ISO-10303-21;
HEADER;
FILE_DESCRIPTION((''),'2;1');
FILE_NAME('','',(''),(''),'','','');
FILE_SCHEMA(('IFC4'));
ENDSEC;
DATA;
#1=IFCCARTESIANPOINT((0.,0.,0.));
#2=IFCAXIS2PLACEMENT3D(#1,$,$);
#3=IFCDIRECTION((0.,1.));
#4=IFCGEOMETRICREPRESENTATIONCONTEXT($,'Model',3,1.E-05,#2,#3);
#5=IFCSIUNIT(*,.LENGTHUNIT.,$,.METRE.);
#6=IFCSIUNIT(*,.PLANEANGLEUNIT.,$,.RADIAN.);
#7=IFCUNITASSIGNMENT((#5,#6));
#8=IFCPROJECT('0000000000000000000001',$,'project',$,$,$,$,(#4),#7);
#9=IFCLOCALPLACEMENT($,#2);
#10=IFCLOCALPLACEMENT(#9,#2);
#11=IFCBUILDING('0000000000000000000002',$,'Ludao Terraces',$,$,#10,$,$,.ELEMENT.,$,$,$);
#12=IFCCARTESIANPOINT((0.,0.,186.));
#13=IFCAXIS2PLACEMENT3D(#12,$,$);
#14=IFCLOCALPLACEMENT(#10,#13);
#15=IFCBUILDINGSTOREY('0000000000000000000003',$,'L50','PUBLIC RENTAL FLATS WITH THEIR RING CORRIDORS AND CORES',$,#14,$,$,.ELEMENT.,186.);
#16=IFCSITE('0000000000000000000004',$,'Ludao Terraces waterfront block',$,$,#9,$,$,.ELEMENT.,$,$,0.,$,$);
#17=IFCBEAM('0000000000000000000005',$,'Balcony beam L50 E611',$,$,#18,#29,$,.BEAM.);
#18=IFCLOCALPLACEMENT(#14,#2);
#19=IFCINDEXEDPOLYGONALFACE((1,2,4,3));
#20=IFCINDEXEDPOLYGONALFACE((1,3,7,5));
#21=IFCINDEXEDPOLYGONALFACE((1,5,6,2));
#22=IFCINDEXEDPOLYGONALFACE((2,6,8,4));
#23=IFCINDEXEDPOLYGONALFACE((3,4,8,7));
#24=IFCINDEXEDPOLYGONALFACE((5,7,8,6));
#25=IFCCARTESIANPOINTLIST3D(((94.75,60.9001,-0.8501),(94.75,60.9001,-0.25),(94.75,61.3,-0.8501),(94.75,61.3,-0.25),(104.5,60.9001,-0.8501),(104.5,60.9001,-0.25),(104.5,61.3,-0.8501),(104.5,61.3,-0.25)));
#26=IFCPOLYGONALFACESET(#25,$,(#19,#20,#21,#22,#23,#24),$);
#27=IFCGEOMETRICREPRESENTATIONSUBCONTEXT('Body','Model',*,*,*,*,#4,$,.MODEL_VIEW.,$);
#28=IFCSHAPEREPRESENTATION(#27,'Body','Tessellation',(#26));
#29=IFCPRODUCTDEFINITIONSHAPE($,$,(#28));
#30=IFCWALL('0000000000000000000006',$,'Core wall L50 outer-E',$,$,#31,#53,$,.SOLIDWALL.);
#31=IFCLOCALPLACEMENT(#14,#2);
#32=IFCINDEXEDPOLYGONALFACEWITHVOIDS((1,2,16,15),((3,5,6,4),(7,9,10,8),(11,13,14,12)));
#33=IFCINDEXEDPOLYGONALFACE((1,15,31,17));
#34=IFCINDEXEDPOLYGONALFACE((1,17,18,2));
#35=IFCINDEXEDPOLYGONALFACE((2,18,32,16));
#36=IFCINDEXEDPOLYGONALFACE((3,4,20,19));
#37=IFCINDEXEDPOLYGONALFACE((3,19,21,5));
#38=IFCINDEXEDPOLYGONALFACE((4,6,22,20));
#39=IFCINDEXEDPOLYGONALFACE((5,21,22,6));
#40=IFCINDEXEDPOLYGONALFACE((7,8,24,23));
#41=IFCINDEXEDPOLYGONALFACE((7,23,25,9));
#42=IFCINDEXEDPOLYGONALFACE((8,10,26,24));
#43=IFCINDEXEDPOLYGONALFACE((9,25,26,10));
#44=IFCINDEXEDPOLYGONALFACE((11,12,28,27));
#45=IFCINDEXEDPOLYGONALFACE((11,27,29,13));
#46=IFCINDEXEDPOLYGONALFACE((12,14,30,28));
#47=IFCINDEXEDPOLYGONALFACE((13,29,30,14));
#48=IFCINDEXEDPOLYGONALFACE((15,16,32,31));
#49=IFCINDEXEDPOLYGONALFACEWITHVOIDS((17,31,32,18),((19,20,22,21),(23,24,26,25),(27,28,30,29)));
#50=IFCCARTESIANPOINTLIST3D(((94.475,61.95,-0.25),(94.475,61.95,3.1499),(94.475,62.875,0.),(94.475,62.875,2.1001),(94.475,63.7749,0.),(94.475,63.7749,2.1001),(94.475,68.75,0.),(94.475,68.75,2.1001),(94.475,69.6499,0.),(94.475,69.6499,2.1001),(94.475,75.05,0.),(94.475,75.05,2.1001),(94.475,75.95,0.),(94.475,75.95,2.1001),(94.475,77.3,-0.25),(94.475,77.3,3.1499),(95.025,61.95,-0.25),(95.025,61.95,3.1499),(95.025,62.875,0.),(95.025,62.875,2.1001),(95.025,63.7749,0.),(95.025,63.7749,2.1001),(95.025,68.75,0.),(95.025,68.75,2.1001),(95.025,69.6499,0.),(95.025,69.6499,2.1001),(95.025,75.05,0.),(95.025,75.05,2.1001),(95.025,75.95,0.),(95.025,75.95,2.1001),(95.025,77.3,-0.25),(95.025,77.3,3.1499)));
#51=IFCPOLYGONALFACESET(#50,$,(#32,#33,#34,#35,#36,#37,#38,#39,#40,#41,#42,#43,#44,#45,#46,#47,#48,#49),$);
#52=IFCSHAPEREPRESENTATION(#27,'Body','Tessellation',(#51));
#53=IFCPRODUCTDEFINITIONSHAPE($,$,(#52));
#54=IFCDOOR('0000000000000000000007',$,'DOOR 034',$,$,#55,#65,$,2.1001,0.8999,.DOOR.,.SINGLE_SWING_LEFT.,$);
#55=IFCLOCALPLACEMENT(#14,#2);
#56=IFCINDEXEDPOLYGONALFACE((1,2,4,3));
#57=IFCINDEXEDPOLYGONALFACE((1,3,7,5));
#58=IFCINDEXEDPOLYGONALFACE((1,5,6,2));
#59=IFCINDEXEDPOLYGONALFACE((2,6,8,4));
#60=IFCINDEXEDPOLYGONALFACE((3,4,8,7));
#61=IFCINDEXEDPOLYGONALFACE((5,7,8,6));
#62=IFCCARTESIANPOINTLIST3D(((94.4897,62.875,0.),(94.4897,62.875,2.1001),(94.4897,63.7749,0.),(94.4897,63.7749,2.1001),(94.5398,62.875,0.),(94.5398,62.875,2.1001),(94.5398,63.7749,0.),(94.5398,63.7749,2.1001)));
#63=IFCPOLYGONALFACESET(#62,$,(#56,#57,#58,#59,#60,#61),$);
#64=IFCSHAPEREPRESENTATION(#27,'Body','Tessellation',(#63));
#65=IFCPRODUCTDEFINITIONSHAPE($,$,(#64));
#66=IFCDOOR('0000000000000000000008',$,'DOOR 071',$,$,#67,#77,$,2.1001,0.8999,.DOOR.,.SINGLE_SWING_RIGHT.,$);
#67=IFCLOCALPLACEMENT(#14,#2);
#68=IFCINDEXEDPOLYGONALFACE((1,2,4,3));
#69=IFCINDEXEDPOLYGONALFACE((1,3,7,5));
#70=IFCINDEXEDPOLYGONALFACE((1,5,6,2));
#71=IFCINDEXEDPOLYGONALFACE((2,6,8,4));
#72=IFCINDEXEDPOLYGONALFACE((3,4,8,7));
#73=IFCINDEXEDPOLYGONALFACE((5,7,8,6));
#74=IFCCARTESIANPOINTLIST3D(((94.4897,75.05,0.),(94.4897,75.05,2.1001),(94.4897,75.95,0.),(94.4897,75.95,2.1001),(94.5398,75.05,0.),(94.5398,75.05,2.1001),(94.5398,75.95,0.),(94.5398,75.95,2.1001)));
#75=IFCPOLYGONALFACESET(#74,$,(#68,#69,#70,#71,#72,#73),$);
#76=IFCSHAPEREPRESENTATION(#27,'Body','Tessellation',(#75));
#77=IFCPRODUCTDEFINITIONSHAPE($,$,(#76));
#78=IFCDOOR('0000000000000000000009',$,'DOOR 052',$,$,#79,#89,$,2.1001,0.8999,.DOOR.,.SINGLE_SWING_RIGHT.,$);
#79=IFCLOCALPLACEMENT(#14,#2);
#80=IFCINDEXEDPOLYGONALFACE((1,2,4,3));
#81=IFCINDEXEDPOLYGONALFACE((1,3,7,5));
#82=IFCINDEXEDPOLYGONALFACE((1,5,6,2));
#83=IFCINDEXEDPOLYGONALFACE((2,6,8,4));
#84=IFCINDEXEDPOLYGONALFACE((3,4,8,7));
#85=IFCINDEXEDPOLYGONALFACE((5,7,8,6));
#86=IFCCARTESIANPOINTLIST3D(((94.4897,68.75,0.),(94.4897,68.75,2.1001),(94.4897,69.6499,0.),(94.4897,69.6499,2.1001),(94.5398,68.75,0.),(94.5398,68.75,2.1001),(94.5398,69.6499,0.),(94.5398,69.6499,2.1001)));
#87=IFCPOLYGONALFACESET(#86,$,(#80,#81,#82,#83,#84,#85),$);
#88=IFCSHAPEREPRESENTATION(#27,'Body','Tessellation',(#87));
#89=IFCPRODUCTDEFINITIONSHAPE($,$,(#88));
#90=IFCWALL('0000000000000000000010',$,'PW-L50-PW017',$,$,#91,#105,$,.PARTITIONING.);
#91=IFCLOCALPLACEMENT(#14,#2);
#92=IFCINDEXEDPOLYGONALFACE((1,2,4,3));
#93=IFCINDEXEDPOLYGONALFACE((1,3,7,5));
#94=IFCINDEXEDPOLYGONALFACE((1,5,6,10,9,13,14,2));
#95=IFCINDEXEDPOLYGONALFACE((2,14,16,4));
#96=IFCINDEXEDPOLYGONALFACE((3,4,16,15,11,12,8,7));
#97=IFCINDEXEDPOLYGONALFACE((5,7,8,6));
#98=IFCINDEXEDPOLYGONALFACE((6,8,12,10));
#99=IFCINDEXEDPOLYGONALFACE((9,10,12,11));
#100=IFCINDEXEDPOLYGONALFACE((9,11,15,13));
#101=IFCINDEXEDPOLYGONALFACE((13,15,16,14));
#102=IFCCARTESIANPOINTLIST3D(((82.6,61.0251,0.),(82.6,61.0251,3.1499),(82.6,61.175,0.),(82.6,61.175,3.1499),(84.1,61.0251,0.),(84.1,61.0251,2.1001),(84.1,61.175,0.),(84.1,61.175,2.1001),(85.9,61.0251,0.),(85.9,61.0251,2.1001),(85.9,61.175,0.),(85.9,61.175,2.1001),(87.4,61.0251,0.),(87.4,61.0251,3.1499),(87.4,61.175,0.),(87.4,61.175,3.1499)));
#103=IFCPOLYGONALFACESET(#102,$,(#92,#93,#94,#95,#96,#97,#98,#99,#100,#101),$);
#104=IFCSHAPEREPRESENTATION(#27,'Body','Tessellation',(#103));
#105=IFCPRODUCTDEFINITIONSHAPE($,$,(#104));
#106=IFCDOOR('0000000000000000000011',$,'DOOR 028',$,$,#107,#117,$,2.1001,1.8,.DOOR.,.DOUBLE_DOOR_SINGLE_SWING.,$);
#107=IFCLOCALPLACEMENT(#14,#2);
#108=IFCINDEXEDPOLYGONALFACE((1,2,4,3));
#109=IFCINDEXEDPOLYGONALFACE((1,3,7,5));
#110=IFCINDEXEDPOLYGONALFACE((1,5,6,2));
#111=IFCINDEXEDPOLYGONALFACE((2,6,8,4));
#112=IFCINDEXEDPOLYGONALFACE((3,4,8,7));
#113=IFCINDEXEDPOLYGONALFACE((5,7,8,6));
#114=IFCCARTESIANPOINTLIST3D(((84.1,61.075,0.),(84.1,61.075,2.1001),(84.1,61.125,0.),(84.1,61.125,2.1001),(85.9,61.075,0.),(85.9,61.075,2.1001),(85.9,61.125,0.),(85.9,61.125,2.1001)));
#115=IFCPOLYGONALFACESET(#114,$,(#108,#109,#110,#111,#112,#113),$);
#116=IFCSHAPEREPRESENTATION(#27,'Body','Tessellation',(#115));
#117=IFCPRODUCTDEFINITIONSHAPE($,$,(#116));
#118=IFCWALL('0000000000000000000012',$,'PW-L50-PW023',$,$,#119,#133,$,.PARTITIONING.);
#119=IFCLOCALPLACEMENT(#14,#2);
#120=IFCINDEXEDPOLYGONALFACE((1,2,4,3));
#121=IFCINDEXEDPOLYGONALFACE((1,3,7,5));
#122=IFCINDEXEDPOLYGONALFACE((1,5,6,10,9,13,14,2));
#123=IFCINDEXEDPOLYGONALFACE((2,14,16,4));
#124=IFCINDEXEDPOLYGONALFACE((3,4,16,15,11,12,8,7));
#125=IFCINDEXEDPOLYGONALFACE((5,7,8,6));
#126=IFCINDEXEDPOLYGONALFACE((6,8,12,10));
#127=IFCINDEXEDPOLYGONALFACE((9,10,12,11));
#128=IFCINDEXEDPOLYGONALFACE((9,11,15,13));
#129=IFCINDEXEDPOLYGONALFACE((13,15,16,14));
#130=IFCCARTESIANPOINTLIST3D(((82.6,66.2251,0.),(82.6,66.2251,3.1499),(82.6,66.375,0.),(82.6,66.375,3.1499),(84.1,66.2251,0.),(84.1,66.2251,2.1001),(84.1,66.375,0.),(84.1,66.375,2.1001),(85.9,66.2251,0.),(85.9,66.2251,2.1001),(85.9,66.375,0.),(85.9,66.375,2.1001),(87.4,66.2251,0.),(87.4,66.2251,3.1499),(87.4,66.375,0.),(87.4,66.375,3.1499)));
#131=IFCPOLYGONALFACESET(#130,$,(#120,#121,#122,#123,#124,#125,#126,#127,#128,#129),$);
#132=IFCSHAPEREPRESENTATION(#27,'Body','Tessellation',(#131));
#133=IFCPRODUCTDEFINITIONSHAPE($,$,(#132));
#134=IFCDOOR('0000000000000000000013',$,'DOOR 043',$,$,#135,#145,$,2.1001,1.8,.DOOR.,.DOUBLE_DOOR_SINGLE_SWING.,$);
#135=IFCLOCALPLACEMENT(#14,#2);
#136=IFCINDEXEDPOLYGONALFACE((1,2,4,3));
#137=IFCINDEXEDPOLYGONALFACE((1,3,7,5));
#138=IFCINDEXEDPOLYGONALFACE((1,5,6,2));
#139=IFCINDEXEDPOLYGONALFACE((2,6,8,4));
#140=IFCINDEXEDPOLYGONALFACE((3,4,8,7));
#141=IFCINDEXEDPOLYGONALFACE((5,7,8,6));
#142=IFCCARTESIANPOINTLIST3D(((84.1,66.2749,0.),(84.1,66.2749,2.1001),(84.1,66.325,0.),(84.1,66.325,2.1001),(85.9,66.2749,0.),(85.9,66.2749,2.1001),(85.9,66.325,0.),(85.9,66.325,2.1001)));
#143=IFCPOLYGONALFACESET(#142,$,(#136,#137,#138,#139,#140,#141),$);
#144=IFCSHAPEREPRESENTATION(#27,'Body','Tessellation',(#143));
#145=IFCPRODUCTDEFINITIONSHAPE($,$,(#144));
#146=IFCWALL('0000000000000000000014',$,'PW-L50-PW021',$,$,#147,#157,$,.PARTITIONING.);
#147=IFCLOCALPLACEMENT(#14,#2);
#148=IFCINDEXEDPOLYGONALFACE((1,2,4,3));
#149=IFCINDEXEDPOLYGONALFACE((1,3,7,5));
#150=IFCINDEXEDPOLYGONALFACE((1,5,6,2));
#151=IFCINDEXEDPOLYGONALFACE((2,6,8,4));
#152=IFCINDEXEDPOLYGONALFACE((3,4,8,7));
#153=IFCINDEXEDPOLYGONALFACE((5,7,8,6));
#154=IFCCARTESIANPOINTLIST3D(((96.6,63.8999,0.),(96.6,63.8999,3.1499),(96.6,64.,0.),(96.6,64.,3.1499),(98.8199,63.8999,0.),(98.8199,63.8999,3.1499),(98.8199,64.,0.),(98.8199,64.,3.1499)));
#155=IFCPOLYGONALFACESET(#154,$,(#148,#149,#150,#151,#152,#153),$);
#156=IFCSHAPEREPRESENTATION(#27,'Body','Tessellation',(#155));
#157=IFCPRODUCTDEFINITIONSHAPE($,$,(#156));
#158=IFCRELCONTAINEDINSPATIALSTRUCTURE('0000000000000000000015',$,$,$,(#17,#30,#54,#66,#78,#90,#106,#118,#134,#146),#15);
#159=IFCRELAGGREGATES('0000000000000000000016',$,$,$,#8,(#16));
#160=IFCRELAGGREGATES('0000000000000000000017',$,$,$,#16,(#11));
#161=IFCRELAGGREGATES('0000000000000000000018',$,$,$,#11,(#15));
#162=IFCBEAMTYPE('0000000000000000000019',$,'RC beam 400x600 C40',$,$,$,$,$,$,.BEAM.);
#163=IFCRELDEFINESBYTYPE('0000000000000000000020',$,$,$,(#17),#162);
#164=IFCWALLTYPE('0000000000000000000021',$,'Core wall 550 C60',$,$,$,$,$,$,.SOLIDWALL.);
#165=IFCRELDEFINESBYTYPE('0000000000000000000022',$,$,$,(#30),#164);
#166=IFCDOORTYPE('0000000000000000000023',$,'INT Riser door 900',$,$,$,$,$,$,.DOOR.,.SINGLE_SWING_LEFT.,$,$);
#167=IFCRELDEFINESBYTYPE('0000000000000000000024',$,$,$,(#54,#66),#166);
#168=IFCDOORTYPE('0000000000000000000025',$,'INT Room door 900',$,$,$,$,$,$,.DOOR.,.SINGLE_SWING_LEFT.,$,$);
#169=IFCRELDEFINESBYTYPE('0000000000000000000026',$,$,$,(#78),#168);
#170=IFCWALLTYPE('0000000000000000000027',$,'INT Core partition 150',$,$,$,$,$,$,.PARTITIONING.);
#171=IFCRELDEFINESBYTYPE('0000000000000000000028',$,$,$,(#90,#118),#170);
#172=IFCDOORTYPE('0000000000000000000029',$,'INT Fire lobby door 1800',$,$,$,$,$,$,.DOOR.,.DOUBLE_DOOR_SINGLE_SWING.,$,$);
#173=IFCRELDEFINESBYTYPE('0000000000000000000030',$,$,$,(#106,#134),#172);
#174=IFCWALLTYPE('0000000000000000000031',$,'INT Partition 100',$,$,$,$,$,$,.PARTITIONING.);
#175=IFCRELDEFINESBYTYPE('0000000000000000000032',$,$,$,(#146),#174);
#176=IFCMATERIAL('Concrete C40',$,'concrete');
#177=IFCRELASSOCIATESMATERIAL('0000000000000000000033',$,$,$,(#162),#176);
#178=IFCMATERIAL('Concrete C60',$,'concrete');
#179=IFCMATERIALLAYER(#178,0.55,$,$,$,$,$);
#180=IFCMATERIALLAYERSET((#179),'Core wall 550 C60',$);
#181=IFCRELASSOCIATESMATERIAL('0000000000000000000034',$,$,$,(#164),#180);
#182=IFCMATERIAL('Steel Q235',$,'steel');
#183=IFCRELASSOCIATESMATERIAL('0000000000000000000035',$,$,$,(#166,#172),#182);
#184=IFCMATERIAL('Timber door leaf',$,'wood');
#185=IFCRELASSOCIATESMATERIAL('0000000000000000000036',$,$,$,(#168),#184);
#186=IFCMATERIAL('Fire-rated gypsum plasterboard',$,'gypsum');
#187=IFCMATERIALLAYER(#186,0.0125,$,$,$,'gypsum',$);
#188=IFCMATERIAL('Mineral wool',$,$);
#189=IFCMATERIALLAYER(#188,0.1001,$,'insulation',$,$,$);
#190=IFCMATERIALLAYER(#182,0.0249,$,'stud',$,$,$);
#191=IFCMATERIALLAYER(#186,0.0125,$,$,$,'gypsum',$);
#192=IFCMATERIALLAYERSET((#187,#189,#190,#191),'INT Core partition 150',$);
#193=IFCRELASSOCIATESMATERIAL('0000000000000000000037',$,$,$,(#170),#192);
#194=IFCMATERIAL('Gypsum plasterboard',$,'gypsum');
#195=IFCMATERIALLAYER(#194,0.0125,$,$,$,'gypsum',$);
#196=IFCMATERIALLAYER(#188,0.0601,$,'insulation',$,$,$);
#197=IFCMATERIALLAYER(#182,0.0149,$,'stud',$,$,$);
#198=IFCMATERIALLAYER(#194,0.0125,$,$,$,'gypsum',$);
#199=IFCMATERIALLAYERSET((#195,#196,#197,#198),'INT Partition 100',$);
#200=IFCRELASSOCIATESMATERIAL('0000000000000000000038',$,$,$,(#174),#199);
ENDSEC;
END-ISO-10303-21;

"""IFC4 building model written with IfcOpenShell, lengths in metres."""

from ifc_helpers import new_model, si_unit, direction, frame, frame_2d, origin, origin_2d, place, context, subcontext, project, spatial, rectangle, extrude, material, layer, layer_set, material_profile, profile_set, type_object, element, fill, save


model = new_model("IFC4")

# Units and contexts
model_context = context("Model", 3, precision=1e-05, world=origin(), true_north=direction((0.0, 1.0)))
body_context = subcontext(model_context, "Body", "Model", "MODEL_VIEW")
ifc_project = project(units=[si_unit("LENGTHUNIT", "METRE"), si_unit("PLANEANGLEUNIT", "RADIAN")], contexts=[model_context])

# Site, building, storey
site_placement = place(None, origin())
site = spatial("IfcSite", under=ifc_project, at=site_placement, Name="Ludao Terraces waterfront block", CompositionType="ELEMENT", RefElevation=0.0)
building_placement = place(site_placement, origin())
building = spatial("IfcBuilding", under=site, at=building_placement, Name="Ludao Terraces", CompositionType="ELEMENT")
storey_placement = place(building_placement, frame((0.0, 0.0, 186.0)))
storey = spatial("IfcBuildingStorey", under=building, at=storey_placement, Name="L50", Description="PUBLIC RENTAL FLATS WITH THEIR RING CORRIDORS AND CORES", CompositionType="ELEMENT", Elevation=186.0)

# Beam
ifc_material_1 = material(Name="Concrete C40", Category="concrete")
ifc_material_profile = material_profile(ifc_material_1, rectangle(XDim=0.3999, YDim=0.6001, at=origin_2d()), Name="400 X 600")
ifc_profile_set = profile_set([ifc_material_profile], Name="Concrete C40")
beam_type = type_object("IfcBeamType", Name="RC beam 400x600 C40", PredefinedType="BEAM", material=ifc_profile_set)
beam_placement = place(storey_placement, frame((94.75, 61.1001, -0.55), z_axis=(1.0, 0.0, 0.0), x_axis=(0.0, 1.0, 0.0)))
element("IfcBeam", 1, at=beam_placement, inside=storey, type_object=beam_type, Name="Balcony beam L50 E611", PredefinedType="BEAM", context=body_context, shape_type="SweptSolid", body=[
    extrude(rectangle(XDim=0.3999, YDim=0.6001, at=origin_2d()), origin(), (0.0, 0.0, 1.0), 9.75),
])

# Wall, openings, doors
ifc_material_2 = material(Name="Concrete C60", Category="concrete")
ifc_layer_1 = layer(ifc_material_2, 0.55)
ifc_layer_set_1 = layer_set([ifc_layer_1], Name="Core wall 550 C60")
wall_type_1 = type_object("IfcWallType", Name="Core wall 550 C60", PredefinedType="SOLIDWALL", material=ifc_layer_set_1)
wall_1_placement = place(storey_placement, frame((94.75, 61.95, -0.25), z_axis=(0.0, 0.0, 1.0), x_axis=(0.0, 1.0, 0.0)))
wall_1 = element("IfcWall", 2, at=wall_1_placement, inside=storey, type_object=wall_type_1, Name="Core wall L50 outer-E", PredefinedType="SOLIDWALL", context=body_context, shape_type="SweptSolid", body=[
    extrude(rectangle(XDim=15.3501, YDim=0.55, at=frame_2d((7.675, 0.0))), origin(), (0.0, 0.0, 1.0), 3.3999),
])
opening_1_placement = place(wall_1_placement, frame((0.925, 0.0, 0.25)))
opening_1 = element("IfcOpeningElement", 3, at=opening_1_placement, cuts=wall_1, PredefinedType="OPENING", context=body_context, shape_type="SweptSolid", body=[
    extrude(rectangle(XDim=0.8999, YDim=2.1001, at=frame_2d((0.45, 1.05))), frame((0.0, 0.2852, 0.0), z_axis=(0.0, -1.0, 0.0), x_axis=(1.0, 0.0, 0.0)), (0.0, 0.0, 1.0), 0.5701),
])
opening_2_placement = place(wall_1_placement, frame((6.8, 0.0, 0.25)))
opening_2 = element("IfcOpeningElement", 4, at=opening_2_placement, cuts=wall_1, PredefinedType="OPENING", context=body_context, shape_type="SweptSolid", body=[
    extrude(rectangle(XDim=0.8999, YDim=2.1001, at=frame_2d((0.45, 1.05))), frame((0.0, 0.2852, 0.0), z_axis=(0.0, -1.0, 0.0), x_axis=(1.0, 0.0, 0.0)), (0.0, 0.0, 1.0), 0.5701),
])
opening_3_placement = place(wall_1_placement, frame((13.1001, 0.0, 0.25)))
opening_3 = element("IfcOpeningElement", 5, at=opening_3_placement, cuts=wall_1, PredefinedType="OPENING", context=body_context, shape_type="SweptSolid", body=[
    extrude(rectangle(XDim=0.8999, YDim=2.1001, at=frame_2d((0.45, 1.05))), frame((0.0, 0.2852, 0.0), z_axis=(0.0, -1.0, 0.0), x_axis=(1.0, 0.0, 0.0)), (0.0, 0.0, 1.0), 0.5701),
])
ifc_material_3 = material(Name="Steel Q235", Category="steel")
door_type_1 = type_object("IfcDoorType", Name="INT Riser door 900", OperationType="SINGLE_SWING_LEFT", PredefinedType="DOOR", material=ifc_material_3)
door_1_placement = place(opening_1_placement, origin())
door_1 = element("IfcDoor", 6, at=door_1_placement, inside=storey, type_object=door_type_1, Name="DOOR 034", OperationType="SINGLE_SWING_LEFT", OverallHeight=2.1001, OverallWidth=0.8999, PredefinedType="DOOR", context=body_context, shape_type="SweptSolid", body=[
    extrude(rectangle(XDim=0.8999, YDim=2.1001, at=frame_2d((0.45, 1.05))), frame((0.0, 0.2603, 0.0), z_axis=(0.0, -1.0, 0.0), x_axis=(1.0, 0.0, 0.0)), (0.0, 0.0, 1.0), 0.05),
])
fill(opening_1, door_1)
door_2_placement = place(opening_3_placement, origin())
door_2 = element("IfcDoor", 7, at=door_2_placement, inside=storey, type_object=door_type_1, Name="DOOR 071", OperationType="SINGLE_SWING_RIGHT", OverallHeight=2.1001, OverallWidth=0.8999, PredefinedType="DOOR", context=body_context, shape_type="SweptSolid", body=[
    extrude(rectangle(XDim=0.8999, YDim=2.1001, at=frame_2d((0.45, 1.05))), frame((0.0, 0.2603, 0.0), z_axis=(0.0, -1.0, 0.0), x_axis=(1.0, 0.0, 0.0)), (0.0, 0.0, 1.0), 0.05),
])
fill(opening_3, door_2)
ifc_material_4 = material(Name="Timber door leaf", Category="wood")
door_type_2 = type_object("IfcDoorType", Name="INT Room door 900", OperationType="SINGLE_SWING_LEFT", PredefinedType="DOOR", material=ifc_material_4)
door_3_placement = place(opening_2_placement, origin())
door_3 = element("IfcDoor", 8, at=door_3_placement, inside=storey, type_object=door_type_2, Name="DOOR 052", OperationType="SINGLE_SWING_RIGHT", OverallHeight=2.1001, OverallWidth=0.8999, PredefinedType="DOOR", context=body_context, shape_type="SweptSolid", body=[
    extrude(rectangle(XDim=0.8999, YDim=2.1001, at=frame_2d((0.45, 1.05))), frame((0.0, 0.2603, 0.0), z_axis=(0.0, -1.0, 0.0), x_axis=(1.0, 0.0, 0.0)), (0.0, 0.0, 1.0), 0.05),
])
fill(opening_2, door_3)

# Walls, openings, doors
ifc_material_5 = material(Name="Fire-rated gypsum plasterboard", Category="gypsum")
ifc_layer_2 = layer(ifc_material_5, 0.0125, Category="gypsum")
ifc_material_6 = material(Name="Mineral wool")
ifc_layer_3 = layer(ifc_material_6, 0.1001, Name="insulation")
ifc_layer_4 = layer(ifc_material_3, 0.0249, Name="stud")
ifc_layer_5 = layer(ifc_material_5, 0.0125, Category="gypsum")
ifc_layer_set_2 = layer_set([ifc_layer_2, ifc_layer_3, ifc_layer_4, ifc_layer_5], Name="INT Core partition 150")
wall_type_2 = type_object("IfcWallType", Name="INT Core partition 150", PredefinedType="PARTITIONING", material=ifc_layer_set_2)
wall_2_placement = place(storey_placement, frame((82.6001, 61.1001, 0.0), z_axis=(0.0, 0.0, 1.0), x_axis=(1.0, 0.0, 0.0)))
wall_2 = element("IfcWall", 9, at=wall_2_placement, inside=storey, type_object=wall_type_2, Name="PW-L50-PW017", PredefinedType="PARTITIONING", context=body_context, shape_type="SweptSolid", body=[
    extrude(rectangle(XDim=4.8, YDim=0.1499, at=frame_2d((2.3999, 0.0))), origin(), (0.0, 0.0, 1.0), 3.1499),
])
opening_4_placement = place(wall_2_placement, frame((1.5, 0.0, 0.0)))
opening_4 = element("IfcOpeningElement", 10, at=opening_4_placement, cuts=wall_2, PredefinedType="OPENING", context=body_context, shape_type="SweptSolid", body=[
    extrude(rectangle(XDim=1.8, YDim=2.1001, at=frame_2d((0.8999, 1.05))), frame((0.0, 0.085, 0.0), z_axis=(0.0, -1.0, 0.0), x_axis=(1.0, 0.0, 0.0)), (0.0, 0.0, 1.0), 0.1699),
])
door_type_3 = type_object("IfcDoorType", Name="INT Fire lobby door 1800", OperationType="DOUBLE_DOOR_SINGLE_SWING", PredefinedType="DOOR", material=ifc_material_3)
door_4_placement = place(opening_4_placement, origin())
door_4 = element("IfcDoor", 11, at=door_4_placement, inside=storey, type_object=door_type_3, Name="DOOR 028", OperationType="DOUBLE_DOOR_SINGLE_SWING", OverallHeight=2.1001, OverallWidth=1.8, PredefinedType="DOOR", context=body_context, shape_type="SweptSolid", body=[
    extrude(rectangle(XDim=1.8, YDim=2.1001, at=frame_2d((0.8999, 1.05))), frame((0.0, 0.0249, 0.0), z_axis=(0.0, -1.0, 0.0), x_axis=(1.0, 0.0, 0.0)), (0.0, 0.0, 1.0), 0.05),
])
fill(opening_4, door_4)
wall_3_placement = place(storey_placement, frame((82.6001, 66.3, 0.0), z_axis=(0.0, 0.0, 1.0), x_axis=(1.0, 0.0, 0.0)))
wall_3 = element("IfcWall", 12, at=wall_3_placement, inside=storey, type_object=wall_type_2, Name="PW-L50-PW023", PredefinedType="PARTITIONING", context=body_context, shape_type="SweptSolid", body=[
    extrude(rectangle(XDim=4.8, YDim=0.1499, at=frame_2d((2.3999, 0.0))), origin(), (0.0, 0.0, 1.0), 3.1499),
])
opening_5_placement = place(wall_3_placement, frame((1.5, 0.0, 0.0)))
opening_5 = element("IfcOpeningElement", 13, at=opening_5_placement, cuts=wall_3, PredefinedType="OPENING", context=body_context, shape_type="SweptSolid", body=[
    extrude(rectangle(XDim=1.8, YDim=2.1001, at=frame_2d((0.8999, 1.05))), frame((0.0, 0.085, 0.0), z_axis=(0.0, -1.0, 0.0), x_axis=(1.0, 0.0, 0.0)), (0.0, 0.0, 1.0), 0.1699),
])
door_5_placement = place(opening_5_placement, origin())
door_5 = element("IfcDoor", 14, at=door_5_placement, inside=storey, type_object=door_type_3, Name="DOOR 043", OperationType="DOUBLE_DOOR_SINGLE_SWING", OverallHeight=2.1001, OverallWidth=1.8, PredefinedType="DOOR", context=body_context, shape_type="SweptSolid", body=[
    extrude(rectangle(XDim=1.8, YDim=2.1001, at=frame_2d((0.8999, 1.05))), frame((0.0, 0.0249, 0.0), z_axis=(0.0, -1.0, 0.0), x_axis=(1.0, 0.0, 0.0)), (0.0, 0.0, 1.0), 0.05),
])
fill(opening_5, door_5)

# Wall
ifc_material_7 = material(Name="Gypsum plasterboard", Category="gypsum")
ifc_layer_6 = layer(ifc_material_7, 0.0125, Category="gypsum")
ifc_layer_7 = layer(ifc_material_6, 0.0601, Name="insulation")
ifc_layer_8 = layer(ifc_material_3, 0.0149, Name="stud")
ifc_layer_9 = layer(ifc_material_7, 0.0125, Category="gypsum")
ifc_layer_set_3 = layer_set([ifc_layer_6, ifc_layer_7, ifc_layer_8, ifc_layer_9], Name="INT Partition 100")
wall_type_3 = type_object("IfcWallType", Name="INT Partition 100", PredefinedType="PARTITIONING", material=ifc_layer_set_3)
for number, where, z_axis, x_axis, name in (
    (15, (96.6001, 63.95, 0.0), (0.0, 0.0, 1.0), (1.0, 0.0, 0.0), "PW-L50-PW021"),
):
    element("IfcWall", number, at=place(storey_placement, frame(where, z_axis=z_axis, x_axis=x_axis)), inside=storey, type_object=wall_type_3, Name=name, PredefinedType="PARTITIONING", context=body_context, shape_type="SweptSolid", body=[
        extrude(rectangle(XDim=2.22, YDim=0.1001, at=frame_2d((1.1099, 0.0))), origin(), (0.0, 0.0, 1.0), 3.1499),
    ])

save(model, "model.ifc")
